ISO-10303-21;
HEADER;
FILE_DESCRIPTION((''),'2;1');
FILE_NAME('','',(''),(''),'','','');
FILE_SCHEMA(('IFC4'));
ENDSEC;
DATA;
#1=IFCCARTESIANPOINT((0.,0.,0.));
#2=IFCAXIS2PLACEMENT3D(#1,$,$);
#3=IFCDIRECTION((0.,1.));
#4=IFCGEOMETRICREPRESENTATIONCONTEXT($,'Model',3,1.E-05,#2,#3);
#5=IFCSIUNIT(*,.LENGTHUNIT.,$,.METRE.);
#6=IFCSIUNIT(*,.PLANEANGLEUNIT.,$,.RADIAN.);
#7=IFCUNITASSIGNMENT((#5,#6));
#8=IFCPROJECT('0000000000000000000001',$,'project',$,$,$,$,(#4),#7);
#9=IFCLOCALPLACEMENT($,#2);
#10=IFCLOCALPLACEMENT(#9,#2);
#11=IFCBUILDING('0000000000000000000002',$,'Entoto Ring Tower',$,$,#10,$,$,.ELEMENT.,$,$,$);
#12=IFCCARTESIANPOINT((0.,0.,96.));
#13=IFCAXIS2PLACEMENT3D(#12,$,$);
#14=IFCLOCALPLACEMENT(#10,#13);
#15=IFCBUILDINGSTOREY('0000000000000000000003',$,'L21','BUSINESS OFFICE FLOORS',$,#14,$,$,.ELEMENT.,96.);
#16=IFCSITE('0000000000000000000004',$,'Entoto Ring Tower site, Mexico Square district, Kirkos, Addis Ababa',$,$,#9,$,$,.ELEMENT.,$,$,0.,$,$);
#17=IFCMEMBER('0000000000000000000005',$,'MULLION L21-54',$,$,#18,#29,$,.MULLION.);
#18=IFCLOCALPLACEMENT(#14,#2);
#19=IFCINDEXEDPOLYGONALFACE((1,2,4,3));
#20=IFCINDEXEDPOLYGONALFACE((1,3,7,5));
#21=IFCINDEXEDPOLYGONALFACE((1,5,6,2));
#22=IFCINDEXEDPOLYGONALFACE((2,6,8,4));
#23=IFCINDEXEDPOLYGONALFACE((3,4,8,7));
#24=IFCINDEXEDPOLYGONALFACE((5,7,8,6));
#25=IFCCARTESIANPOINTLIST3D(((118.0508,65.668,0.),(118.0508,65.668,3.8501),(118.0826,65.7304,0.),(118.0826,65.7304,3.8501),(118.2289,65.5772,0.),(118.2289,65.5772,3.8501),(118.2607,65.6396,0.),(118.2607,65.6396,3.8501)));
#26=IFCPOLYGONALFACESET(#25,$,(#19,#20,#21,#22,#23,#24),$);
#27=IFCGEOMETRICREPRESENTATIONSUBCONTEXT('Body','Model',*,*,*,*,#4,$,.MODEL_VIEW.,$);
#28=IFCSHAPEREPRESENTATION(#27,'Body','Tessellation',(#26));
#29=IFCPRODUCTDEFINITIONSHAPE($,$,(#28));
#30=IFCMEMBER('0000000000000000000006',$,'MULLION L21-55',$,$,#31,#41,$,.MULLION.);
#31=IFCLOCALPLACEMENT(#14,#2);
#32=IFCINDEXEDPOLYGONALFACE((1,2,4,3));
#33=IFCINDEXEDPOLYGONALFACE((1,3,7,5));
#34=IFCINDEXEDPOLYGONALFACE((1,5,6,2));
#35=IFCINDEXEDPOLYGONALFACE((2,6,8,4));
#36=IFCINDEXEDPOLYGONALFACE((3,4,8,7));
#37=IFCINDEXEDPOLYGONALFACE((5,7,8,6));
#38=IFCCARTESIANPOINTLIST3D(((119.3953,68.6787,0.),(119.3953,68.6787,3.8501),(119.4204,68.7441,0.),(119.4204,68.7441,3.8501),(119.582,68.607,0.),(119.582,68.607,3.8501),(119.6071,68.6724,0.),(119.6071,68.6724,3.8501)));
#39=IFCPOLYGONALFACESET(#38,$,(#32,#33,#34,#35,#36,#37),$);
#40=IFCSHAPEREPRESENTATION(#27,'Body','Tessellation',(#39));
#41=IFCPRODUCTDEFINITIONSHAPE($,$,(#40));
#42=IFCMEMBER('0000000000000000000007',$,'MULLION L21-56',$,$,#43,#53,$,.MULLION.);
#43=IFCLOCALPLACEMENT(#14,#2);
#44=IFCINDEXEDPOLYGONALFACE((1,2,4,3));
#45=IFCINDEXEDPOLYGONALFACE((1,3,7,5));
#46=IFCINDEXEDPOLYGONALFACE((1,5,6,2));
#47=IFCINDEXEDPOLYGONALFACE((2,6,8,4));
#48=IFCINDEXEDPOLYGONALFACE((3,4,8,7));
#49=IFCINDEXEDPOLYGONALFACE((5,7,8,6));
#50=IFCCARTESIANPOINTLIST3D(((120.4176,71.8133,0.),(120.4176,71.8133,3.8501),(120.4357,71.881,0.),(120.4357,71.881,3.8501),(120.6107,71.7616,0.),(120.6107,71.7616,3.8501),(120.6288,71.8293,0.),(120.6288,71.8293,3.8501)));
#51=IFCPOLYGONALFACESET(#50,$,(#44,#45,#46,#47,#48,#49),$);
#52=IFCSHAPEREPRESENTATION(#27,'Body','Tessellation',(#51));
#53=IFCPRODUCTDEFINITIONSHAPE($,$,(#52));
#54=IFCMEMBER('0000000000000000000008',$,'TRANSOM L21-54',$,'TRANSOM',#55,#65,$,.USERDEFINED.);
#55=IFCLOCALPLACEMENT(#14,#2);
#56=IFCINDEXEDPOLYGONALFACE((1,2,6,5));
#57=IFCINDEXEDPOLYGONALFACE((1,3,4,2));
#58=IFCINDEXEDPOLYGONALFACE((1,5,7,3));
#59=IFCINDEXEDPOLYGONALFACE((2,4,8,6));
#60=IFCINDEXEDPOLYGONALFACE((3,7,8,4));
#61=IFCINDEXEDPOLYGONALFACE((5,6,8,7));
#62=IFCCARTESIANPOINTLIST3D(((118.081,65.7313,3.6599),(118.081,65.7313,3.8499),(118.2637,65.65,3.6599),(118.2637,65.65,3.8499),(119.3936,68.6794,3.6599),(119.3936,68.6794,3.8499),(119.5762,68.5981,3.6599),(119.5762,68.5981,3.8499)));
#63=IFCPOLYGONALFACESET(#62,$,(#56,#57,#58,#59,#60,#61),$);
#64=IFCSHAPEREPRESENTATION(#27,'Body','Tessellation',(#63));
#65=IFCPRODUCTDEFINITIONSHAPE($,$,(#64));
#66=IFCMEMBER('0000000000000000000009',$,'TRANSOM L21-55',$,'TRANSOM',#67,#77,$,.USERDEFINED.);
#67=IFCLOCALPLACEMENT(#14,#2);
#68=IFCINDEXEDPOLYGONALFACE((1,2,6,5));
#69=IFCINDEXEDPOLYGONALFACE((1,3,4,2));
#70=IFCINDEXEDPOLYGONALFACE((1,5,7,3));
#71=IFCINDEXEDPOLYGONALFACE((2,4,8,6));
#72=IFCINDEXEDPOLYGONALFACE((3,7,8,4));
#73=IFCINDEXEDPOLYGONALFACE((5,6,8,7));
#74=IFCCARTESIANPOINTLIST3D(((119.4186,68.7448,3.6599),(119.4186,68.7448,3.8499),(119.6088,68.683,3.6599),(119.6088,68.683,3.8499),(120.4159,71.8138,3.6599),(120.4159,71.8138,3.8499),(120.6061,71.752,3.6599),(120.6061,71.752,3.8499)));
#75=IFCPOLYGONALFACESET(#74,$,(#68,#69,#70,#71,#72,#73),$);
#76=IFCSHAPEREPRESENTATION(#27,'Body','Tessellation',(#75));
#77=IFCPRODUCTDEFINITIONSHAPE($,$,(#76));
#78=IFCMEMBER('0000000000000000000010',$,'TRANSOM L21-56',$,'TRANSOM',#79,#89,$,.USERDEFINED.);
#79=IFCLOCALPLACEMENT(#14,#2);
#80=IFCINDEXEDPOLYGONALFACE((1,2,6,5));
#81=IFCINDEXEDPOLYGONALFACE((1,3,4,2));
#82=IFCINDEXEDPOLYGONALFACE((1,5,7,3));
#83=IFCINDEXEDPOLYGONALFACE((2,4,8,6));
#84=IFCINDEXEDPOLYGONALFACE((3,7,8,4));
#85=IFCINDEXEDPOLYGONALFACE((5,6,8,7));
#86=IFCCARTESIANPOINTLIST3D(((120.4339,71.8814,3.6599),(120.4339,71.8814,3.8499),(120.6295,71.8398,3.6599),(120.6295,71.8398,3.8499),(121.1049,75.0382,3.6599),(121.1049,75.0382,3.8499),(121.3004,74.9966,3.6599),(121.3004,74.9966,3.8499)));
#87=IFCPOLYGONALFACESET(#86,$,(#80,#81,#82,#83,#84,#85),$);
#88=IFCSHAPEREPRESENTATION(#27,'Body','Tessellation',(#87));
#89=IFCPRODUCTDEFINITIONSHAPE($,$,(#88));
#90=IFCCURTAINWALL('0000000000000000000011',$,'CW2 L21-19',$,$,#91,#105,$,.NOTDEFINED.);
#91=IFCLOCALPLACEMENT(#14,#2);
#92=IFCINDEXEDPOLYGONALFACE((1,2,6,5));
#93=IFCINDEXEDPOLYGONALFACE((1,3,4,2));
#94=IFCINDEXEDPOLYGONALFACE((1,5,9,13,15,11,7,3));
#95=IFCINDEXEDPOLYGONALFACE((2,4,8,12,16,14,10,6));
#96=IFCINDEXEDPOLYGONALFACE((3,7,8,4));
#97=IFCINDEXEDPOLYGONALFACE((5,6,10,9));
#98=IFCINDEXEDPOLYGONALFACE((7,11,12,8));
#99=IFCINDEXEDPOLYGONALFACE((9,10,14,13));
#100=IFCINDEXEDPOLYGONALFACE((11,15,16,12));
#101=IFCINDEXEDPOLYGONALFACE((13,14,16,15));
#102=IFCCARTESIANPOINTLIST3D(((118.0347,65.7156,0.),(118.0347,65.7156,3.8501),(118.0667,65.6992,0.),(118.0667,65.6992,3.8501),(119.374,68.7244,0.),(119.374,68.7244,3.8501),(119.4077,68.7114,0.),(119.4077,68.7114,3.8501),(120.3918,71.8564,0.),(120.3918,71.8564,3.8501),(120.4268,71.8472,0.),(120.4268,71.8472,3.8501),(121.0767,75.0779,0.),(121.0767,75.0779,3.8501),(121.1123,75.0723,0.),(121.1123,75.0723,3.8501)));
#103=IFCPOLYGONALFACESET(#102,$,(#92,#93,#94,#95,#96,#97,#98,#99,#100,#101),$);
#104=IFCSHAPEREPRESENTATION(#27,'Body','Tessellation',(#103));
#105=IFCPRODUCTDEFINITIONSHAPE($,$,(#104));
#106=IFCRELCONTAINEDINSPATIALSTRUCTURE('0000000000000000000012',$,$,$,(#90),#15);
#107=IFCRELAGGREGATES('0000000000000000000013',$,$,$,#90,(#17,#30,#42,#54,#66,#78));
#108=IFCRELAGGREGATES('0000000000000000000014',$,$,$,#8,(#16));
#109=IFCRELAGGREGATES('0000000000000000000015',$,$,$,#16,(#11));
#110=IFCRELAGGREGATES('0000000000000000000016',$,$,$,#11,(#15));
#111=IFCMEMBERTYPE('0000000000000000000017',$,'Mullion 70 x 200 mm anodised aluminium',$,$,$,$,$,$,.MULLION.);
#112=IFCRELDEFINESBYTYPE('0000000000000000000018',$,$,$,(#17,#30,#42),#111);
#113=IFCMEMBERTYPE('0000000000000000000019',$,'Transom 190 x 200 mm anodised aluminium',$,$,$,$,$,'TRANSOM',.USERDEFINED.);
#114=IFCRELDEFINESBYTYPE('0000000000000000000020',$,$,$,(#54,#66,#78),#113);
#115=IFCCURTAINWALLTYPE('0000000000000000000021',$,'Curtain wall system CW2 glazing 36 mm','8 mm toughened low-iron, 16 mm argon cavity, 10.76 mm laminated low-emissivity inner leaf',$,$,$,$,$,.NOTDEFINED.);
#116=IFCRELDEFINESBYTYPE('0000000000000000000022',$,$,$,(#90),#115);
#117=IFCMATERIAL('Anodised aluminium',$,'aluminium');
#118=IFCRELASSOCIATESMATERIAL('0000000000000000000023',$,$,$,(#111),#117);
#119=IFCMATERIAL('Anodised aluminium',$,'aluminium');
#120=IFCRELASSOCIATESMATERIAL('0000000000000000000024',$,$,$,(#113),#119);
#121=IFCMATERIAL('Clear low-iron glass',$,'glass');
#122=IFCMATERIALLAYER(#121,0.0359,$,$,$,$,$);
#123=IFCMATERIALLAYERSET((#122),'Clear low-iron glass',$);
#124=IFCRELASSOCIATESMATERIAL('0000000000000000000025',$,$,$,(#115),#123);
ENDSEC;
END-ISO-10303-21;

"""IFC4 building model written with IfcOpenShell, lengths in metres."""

from ifc_helpers import new_model, si_unit, direction, frame, origin, origin_2d, place, context, subcontext, project, spatial, polyline, rectangle, outline, extrude, material, layer, layer_set, material_profile, profile_set, type_object, element, aggregate, save


model = new_model("IFC4")

# Units and contexts
model_context = context("Model", 3, precision=1e-05, world=origin(), true_north=direction((0.0, 1.0)))
body_context = subcontext(model_context, "Body", "Model", "MODEL_VIEW")
ifc_project = project(units=[si_unit("LENGTHUNIT", "METRE"), si_unit("PLANEANGLEUNIT", "RADIAN")], contexts=[model_context])

# Members
ifc_material_1 = material(Name="Anodised aluminium", Category="aluminium")
ifc_material_profile_1 = material_profile(ifc_material_1, rectangle(XDim=0.0701, YDim=0.2, at=origin_2d()), Name="Mullion 70 x 200 mm anodised aluminium")
ifc_profile_set_1 = profile_set([ifc_material_profile_1], Name="Anodised aluminium")
member_type_1 = type_object("IfcMemberType", Name="Mullion 70 x 200 mm anodised aluminium", PredefinedType="MULLION", material=ifc_profile_set_1)
site_placement = place(None, origin())
building_placement = place(site_placement, origin())
storey_placement = place(building_placement, frame((0.0, 0.0, 96.0)))
member_1_placement = place(storey_placement, frame((118.1558, 65.6538, 0.0), z_axis=(0.0, 0.0, 1.0), x_axis=(0.45399, 0.891007, 0.0)))
member_1 = element("IfcMember", 1, at=member_1_placement, type_object=member_type_1, Name="MULLION L21-54", PredefinedType="MULLION", context=body_context, shape_type="SweptSolid", body=[
    extrude(rectangle(XDim=0.0701, YDim=0.2, at=origin_2d()), origin(), (0.0, 0.0, 1.0), 3.8501),
])
member_2_placement = place(storey_placement, frame((119.5012, 68.6755, 0.0), z_axis=(0.0, 0.0, 1.0), x_axis=(0.358368, 0.93358, 0.0)))
member_2 = element("IfcMember", 2, at=member_2_placement, type_object=member_type_1, Name="MULLION L21-55", PredefinedType="MULLION", context=body_context, shape_type="SweptSolid", body=[
    extrude(rectangle(XDim=0.0701, YDim=0.2, at=origin_2d()), origin(), (0.0, 0.0, 1.0), 3.8501),
])
member_3_placement = place(storey_placement, frame((120.5232, 71.8213, 0.0), z_axis=(0.0, 0.0, 1.0), x_axis=(0.258819, 0.965926, 0.0)))
member_3 = element("IfcMember", 3, at=member_3_placement, type_object=member_type_1, Name="MULLION L21-56", PredefinedType="MULLION", context=body_context, shape_type="SweptSolid", body=[
    extrude(rectangle(XDim=0.0701, YDim=0.2, at=origin_2d()), origin(), (0.0, 0.0, 1.0), 3.8501),
])
ifc_material_2 = material(Name="Anodised aluminium", Category="aluminium")
ifc_material_profile_2 = material_profile(ifc_material_2, rectangle(XDim=0.2, YDim=0.1899, at=origin_2d()), Name="Transom 190 x 200 mm anodised aluminium")
ifc_profile_set_2 = profile_set([ifc_material_profile_2], Name="Anodised aluminium")
member_type_2 = type_object("IfcMemberType", Name="Transom 190 x 200 mm anodised aluminium", ElementType="TRANSOM", PredefinedType="USERDEFINED", material=ifc_profile_set_2)
member_4_placement = place(storey_placement, frame((118.1724, 65.6907, 3.7549), z_axis=(0.406728, 0.913549, 0.0), x_axis=(-0.913549, 0.406728, 0.0)))
member_4 = element("IfcMember", 4, at=member_4_placement, type_object=member_type_2, Name="TRANSOM L21-54", ObjectType="TRANSOM", PredefinedType="USERDEFINED", context=body_context, shape_type="SweptSolid", body=[
    extrude(rectangle(XDim=0.2, YDim=0.1899, at=origin_2d()), origin(), (0.0, 0.0, 1.0), 3.2271),
])
member_5_placement = place(storey_placement, frame((119.5137, 68.7139, 3.7549), z_axis=(0.309047, 0.951047, 0.0), x_axis=(-0.951047, 0.309047, 0.0)))
member_5 = element("IfcMember", 5, at=member_5_placement, type_object=member_type_2, Name="TRANSOM L21-55", ObjectType="TRANSOM", PredefinedType="USERDEFINED", context=body_context, shape_type="SweptSolid", body=[
    extrude(rectangle(XDim=0.2, YDim=0.1899, at=origin_2d()), origin(), (0.0, 0.0, 1.0), 3.2271),
])
member_6_placement = place(storey_placement, frame((120.5317, 71.8606, 3.7549), z_axis=(0.207886, 0.978153, 0.0), x_axis=(-0.978153, 0.207886, 0.0)))
member_6 = element("IfcMember", 6, at=member_6_placement, type_object=member_type_2, Name="TRANSOM L21-56", ObjectType="TRANSOM", PredefinedType="USERDEFINED", context=body_context, shape_type="SweptSolid", body=[
    extrude(rectangle(XDim=0.2, YDim=0.1899, at=origin_2d()), origin(), (0.0, 0.0, 1.0), 3.2273),
])

# Site, building, storey
site = spatial("IfcSite", under=ifc_project, at=site_placement, Name="Entoto Ring Tower site, Mexico Square district, Kirkos, Addis Ababa", CompositionType="ELEMENT", RefElevation=0.0)
building = spatial("IfcBuilding", under=site, at=building_placement, Name="Entoto Ring Tower", CompositionType="ELEMENT")
storey = spatial("IfcBuildingStorey", under=building, at=storey_placement, Name="L21", Description="BUSINESS OFFICE FLOORS", CompositionType="ELEMENT", Elevation=96.0)

# Curtain wall
ifc_material_3 = material(Name="Clear low-iron glass", Category="glass")
ifc_layer_1 = layer(ifc_material_3, 0.0359)
ifc_layer_set_1 = layer_set([ifc_layer_1], Name="Clear low-iron glass")
curtain_wall_type = type_object("IfcCurtainWallType", Name="Curtain wall system CW2 glazing 36 mm", Description="8 mm toughened low-iron, 16 mm argon cavity, 10.76 mm laminated low-emissivity inner leaf", PredefinedType="NOTDEFINED", material=ifc_layer_set_1)
curtain_wall_1_placement = place(storey_placement, origin())
curtain_wall_1 = element("IfcCurtainWall", 7, at=curtain_wall_1_placement, inside=storey, type_object=curtain_wall_type, Name="CW2 L21-19", PredefinedType="NOTDEFINED", context=body_context, shape_type="SweptSolid", body=[
    extrude(outline(polyline([(118.0667, 65.6992), (119.4077, 68.7114), (120.4268, 71.8472), (121.1123, 75.0723), (121.0767, 75.0779), (120.3918, 71.8564), (119.374, 68.7244), (118.0347, 65.7156), (118.0667, 65.6992)])), origin(), (0.0, 0.0, 1.0), 3.8501),
])
aggregate(curtain_wall_1, [member_1, member_2, member_3, member_4, member_5, member_6])

save(model, "model.ifc")
